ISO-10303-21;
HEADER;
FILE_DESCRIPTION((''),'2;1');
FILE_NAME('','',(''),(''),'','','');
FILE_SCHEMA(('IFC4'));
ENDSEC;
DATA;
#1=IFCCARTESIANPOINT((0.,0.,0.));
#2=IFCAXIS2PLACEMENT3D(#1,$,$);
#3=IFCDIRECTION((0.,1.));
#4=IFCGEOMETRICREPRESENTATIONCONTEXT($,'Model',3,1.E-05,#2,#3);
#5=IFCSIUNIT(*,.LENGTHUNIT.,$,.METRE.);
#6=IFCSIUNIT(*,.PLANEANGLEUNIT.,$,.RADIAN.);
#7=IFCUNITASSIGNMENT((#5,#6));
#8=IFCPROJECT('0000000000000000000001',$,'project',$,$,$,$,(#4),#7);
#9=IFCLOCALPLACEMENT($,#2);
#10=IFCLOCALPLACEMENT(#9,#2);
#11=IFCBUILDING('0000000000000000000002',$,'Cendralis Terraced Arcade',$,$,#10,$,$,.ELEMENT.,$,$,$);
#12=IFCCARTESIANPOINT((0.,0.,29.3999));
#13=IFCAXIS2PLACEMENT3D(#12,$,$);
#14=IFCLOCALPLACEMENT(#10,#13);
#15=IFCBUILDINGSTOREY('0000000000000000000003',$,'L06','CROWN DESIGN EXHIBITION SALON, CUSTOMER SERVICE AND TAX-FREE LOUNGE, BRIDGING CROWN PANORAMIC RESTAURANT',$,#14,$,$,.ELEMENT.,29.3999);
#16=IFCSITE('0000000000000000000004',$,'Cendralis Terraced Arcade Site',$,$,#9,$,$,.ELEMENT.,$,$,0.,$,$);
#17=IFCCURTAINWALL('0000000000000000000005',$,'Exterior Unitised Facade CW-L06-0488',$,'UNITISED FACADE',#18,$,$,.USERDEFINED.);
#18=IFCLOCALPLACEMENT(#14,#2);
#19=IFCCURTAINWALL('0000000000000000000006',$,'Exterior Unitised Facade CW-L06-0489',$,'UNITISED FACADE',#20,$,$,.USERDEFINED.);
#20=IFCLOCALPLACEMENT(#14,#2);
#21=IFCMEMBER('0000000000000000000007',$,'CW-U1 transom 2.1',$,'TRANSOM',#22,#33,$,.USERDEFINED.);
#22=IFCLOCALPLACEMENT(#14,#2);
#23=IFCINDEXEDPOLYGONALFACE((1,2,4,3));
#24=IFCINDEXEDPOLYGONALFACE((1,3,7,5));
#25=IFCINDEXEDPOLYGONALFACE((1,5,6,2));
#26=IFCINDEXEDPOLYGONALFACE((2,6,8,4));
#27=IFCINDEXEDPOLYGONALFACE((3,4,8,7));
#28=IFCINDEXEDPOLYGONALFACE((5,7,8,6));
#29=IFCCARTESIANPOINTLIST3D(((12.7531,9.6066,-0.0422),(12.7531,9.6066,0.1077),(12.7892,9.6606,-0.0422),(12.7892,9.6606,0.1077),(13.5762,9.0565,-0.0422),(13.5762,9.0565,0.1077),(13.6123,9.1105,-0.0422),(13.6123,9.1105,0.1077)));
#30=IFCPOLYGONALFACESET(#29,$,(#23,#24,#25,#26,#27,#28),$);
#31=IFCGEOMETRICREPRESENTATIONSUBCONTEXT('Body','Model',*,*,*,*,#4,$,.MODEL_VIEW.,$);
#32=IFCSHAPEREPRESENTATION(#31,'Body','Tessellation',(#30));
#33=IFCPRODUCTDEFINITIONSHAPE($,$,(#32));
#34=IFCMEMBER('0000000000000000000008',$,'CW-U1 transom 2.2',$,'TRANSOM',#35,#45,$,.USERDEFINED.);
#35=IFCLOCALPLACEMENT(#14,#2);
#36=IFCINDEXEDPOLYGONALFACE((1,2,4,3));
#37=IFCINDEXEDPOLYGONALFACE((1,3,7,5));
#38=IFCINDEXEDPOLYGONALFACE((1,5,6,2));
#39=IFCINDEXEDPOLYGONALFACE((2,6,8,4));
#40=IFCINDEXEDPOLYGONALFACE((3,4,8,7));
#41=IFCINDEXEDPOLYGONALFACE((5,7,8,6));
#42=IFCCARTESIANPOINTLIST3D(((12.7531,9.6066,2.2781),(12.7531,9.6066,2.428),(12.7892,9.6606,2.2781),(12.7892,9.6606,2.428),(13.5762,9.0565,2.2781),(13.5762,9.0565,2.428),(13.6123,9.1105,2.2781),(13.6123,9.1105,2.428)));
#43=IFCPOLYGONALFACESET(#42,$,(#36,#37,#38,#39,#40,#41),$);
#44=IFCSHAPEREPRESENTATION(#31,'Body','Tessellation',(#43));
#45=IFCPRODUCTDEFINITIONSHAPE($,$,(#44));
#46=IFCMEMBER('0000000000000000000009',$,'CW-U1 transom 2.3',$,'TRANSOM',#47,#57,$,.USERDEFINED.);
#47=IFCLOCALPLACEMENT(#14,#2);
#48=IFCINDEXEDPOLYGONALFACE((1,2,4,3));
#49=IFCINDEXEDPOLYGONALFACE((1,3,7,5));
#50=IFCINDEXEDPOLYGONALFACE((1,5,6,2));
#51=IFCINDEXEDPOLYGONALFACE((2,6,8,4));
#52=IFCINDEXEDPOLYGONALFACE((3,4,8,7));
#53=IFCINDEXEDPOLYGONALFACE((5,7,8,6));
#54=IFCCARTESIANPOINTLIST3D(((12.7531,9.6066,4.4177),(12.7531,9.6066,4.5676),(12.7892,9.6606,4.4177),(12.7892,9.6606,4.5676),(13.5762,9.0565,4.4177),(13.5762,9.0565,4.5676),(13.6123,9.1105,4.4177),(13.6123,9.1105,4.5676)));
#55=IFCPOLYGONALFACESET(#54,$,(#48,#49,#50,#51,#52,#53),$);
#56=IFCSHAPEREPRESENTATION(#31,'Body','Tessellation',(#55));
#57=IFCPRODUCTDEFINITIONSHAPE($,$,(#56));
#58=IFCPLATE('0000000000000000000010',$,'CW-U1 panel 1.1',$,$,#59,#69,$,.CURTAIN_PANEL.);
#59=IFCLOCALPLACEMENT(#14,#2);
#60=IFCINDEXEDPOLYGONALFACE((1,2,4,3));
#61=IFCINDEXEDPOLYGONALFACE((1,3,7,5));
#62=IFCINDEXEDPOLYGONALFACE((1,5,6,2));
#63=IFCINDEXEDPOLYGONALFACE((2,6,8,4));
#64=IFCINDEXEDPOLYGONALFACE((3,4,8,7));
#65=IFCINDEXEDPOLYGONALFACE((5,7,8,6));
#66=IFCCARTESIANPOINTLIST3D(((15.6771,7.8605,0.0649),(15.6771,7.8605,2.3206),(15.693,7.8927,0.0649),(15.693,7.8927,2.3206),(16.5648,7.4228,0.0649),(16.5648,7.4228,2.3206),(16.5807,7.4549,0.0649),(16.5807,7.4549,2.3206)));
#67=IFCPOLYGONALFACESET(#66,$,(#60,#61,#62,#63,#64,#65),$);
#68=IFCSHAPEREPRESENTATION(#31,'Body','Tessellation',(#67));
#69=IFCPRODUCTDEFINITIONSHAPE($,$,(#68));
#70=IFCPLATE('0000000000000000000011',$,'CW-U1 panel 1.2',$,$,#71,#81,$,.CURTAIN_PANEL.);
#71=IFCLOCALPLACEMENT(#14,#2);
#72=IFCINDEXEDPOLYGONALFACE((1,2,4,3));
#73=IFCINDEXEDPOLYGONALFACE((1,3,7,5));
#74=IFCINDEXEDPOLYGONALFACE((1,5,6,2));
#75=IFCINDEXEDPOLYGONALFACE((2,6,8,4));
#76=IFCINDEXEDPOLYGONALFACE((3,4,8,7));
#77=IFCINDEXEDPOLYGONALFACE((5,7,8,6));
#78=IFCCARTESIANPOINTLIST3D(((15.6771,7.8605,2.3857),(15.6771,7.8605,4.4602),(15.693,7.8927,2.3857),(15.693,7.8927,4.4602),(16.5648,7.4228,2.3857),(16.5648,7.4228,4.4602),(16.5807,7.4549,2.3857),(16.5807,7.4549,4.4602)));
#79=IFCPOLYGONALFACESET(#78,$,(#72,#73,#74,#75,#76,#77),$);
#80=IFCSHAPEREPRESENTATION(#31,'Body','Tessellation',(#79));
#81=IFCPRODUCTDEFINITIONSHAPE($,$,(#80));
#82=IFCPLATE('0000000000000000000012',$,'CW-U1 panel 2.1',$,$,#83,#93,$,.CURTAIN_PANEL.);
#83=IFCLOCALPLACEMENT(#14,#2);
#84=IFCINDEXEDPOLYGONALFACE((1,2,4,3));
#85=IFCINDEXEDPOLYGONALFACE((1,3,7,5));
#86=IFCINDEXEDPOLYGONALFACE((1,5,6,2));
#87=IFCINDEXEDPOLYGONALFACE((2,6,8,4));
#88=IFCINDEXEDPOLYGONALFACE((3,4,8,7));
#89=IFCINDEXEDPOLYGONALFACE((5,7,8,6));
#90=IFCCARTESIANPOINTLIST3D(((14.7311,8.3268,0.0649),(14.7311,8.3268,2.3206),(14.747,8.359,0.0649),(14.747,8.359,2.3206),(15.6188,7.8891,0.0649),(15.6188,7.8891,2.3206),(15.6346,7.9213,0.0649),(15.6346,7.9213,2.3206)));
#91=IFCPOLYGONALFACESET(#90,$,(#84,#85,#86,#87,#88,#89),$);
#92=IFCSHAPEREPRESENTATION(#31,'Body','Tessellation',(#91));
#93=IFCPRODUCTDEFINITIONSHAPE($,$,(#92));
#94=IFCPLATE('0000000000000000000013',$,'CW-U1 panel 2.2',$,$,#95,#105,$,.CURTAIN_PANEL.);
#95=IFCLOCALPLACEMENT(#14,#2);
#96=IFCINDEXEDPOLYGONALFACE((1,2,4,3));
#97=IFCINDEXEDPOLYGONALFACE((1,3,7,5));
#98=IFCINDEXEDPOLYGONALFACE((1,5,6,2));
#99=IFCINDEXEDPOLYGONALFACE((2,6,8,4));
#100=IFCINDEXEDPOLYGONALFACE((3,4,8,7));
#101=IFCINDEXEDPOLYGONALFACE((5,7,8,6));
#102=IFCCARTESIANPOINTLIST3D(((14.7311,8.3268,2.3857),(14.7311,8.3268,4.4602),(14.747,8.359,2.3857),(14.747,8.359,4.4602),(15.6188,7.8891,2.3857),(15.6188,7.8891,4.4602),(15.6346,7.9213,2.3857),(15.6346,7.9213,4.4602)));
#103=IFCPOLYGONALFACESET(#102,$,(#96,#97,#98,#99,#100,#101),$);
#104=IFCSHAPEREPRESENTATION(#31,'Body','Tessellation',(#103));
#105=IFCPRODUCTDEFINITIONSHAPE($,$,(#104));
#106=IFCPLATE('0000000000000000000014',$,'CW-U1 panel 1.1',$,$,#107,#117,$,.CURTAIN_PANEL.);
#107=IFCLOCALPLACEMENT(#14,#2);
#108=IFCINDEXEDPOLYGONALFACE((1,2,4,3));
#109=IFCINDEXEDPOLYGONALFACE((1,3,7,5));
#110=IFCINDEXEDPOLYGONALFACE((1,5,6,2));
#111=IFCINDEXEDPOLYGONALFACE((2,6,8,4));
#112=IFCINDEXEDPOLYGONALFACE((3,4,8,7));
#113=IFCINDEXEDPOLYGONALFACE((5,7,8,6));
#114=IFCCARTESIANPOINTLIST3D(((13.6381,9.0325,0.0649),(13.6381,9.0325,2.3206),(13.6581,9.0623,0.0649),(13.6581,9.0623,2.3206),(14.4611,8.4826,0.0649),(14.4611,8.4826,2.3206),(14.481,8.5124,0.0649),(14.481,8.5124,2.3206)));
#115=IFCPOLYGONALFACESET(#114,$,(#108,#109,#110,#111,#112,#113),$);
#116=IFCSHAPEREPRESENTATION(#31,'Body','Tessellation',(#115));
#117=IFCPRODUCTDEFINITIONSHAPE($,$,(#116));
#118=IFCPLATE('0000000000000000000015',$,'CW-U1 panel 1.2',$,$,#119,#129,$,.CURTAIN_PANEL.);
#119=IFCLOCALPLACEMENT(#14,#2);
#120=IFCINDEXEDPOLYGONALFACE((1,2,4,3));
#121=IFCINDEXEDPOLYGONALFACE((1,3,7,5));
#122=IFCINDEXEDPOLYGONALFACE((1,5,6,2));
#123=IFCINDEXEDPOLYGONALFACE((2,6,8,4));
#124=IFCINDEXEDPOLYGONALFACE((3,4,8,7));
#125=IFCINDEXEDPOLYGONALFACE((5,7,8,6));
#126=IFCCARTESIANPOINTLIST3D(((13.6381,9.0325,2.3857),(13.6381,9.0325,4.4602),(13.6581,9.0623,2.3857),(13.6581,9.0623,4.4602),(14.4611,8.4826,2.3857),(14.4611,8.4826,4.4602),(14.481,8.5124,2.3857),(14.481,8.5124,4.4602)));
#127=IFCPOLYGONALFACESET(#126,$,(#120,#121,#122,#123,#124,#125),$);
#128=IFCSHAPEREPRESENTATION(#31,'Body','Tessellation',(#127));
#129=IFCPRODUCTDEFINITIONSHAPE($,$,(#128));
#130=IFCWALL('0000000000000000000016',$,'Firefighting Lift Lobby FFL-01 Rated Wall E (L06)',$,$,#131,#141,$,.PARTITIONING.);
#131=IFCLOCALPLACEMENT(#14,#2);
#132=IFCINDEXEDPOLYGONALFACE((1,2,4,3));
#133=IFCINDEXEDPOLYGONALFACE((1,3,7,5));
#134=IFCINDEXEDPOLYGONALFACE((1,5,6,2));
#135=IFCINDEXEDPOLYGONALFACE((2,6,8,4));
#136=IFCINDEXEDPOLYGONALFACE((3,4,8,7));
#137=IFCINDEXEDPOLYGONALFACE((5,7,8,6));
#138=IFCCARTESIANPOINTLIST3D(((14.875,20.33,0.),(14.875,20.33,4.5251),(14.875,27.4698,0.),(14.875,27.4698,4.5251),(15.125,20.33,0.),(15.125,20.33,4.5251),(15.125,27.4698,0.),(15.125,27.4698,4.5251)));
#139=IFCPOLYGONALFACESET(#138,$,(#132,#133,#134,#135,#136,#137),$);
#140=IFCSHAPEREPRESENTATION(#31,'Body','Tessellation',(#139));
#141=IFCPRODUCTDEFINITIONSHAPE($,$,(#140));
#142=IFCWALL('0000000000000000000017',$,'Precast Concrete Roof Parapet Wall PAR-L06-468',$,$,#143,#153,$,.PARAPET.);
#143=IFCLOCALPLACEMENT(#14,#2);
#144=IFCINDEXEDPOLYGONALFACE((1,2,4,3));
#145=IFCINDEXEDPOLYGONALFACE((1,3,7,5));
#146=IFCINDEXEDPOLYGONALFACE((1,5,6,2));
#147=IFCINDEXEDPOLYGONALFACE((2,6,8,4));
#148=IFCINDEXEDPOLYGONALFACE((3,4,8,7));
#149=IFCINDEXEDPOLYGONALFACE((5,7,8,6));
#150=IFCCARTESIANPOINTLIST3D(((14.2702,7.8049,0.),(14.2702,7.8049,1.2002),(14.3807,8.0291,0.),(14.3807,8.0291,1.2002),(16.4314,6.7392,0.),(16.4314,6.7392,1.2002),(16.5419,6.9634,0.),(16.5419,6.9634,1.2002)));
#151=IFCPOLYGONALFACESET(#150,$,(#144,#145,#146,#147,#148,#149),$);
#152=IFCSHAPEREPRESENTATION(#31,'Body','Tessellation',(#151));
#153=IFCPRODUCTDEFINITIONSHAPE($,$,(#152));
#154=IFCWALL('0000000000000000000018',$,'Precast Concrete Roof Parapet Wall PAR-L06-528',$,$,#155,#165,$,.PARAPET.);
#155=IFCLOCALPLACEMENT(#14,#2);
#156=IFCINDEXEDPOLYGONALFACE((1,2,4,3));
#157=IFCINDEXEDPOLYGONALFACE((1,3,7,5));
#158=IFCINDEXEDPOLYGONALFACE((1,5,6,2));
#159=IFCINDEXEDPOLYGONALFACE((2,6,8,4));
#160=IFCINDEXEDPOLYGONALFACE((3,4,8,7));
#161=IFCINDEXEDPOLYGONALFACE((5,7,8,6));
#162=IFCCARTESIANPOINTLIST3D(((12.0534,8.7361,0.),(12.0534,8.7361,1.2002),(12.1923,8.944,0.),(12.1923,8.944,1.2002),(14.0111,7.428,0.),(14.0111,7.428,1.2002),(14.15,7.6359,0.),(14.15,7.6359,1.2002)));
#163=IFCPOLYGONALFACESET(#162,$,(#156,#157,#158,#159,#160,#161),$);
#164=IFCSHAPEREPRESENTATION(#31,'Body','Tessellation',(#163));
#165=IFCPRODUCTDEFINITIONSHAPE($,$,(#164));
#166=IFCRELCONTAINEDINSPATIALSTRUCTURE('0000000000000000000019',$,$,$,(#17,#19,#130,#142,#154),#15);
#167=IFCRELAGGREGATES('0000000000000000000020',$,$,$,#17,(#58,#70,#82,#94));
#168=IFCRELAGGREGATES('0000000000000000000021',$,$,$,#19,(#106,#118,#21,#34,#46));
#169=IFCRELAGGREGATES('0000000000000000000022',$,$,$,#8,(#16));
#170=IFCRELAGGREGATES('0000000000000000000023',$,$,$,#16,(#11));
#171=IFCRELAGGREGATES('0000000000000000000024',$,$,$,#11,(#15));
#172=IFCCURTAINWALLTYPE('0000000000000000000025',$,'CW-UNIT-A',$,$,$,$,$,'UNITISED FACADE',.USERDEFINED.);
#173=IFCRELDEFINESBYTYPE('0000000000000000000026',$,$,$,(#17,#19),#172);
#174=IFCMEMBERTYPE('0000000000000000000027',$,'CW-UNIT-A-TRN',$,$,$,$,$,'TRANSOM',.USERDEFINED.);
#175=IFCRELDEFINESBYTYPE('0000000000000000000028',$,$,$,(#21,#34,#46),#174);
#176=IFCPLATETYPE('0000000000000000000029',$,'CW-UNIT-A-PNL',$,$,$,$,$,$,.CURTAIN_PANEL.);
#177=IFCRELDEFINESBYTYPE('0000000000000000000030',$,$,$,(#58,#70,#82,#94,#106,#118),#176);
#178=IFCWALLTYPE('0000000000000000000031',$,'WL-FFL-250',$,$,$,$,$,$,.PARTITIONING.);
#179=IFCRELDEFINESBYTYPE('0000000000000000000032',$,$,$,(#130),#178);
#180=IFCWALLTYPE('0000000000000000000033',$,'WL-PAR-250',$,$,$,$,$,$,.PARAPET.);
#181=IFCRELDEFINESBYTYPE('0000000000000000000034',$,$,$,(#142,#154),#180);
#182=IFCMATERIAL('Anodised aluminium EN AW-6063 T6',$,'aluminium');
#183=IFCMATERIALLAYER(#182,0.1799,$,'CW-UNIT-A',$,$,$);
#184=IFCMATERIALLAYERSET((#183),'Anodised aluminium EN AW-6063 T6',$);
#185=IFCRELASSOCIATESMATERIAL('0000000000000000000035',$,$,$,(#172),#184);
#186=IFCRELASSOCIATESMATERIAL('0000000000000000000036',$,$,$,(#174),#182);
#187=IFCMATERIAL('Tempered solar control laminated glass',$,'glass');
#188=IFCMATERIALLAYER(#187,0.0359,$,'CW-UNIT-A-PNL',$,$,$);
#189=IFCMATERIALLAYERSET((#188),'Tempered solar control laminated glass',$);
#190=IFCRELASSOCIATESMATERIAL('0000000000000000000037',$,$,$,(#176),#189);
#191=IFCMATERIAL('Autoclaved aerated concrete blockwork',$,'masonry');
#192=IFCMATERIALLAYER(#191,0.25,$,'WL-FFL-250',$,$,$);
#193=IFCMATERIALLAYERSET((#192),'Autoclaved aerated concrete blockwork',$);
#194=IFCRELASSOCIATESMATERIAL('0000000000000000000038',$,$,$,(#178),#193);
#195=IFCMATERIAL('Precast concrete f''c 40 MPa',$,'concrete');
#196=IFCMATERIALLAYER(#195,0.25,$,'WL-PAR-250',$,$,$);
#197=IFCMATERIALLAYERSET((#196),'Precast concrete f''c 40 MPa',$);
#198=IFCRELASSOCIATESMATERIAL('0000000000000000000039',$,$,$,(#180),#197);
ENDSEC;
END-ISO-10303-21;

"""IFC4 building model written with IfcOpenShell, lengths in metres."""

from ifc_helpers import new_model, si_unit, direction, frame, frame_2d, origin, origin_2d, place, context, subcontext, project, spatial, rectangle, extrude, material, layer, layer_set, material_profile, profile_set, type_object, element, aggregate, save


model = new_model("IFC4")

# Units and contexts
model_context = context("Model", 3, precision=1e-05, world=origin(), true_north=direction((0.0, 1.0)))
body_context = subcontext(model_context, "Body", "Model", "MODEL_VIEW")
ifc_project = project(units=[si_unit("LENGTHUNIT", "METRE"), si_unit("PLANEANGLEUNIT", "RADIAN")], contexts=[model_context])

# Site, building, storey
site_placement = place(None, origin())
site = spatial("IfcSite", under=ifc_project, at=site_placement, Name="Cendralis Terraced Arcade Site", CompositionType="ELEMENT", RefElevation=0.0)
building_placement = place(site_placement, origin())
building = spatial("IfcBuilding", under=site, at=building_placement, Name="Cendralis Terraced Arcade", CompositionType="ELEMENT")
storey_placement = place(building_placement, frame((0.0, 0.0, 29.3999)))
storey = spatial("IfcBuildingStorey", under=building, at=storey_placement, Name="L06", Description="CROWN DESIGN EXHIBITION SALON, CUSTOMER SERVICE AND TAX-FREE LOUNGE, BRIDGING CROWN PANORAMIC RESTAURANT", CompositionType="ELEMENT", Elevation=29.3999)

# Curtain walls
ifc_material_1 = material(Name="Anodised aluminium EN AW-6063 T6", Category="aluminium")
ifc_layer_1 = layer(ifc_material_1, 0.1799, Name="CW-UNIT-A")
ifc_layer_set_1 = layer_set([ifc_layer_1], Name="Anodised aluminium EN AW-6063 T6")
curtain_wall_type = type_object("IfcCurtainWallType", Name="CW-UNIT-A", ElementType="UNITISED FACADE", PredefinedType="USERDEFINED", material=ifc_layer_set_1)
curtain_wall_1_placement = place(storey_placement, origin())
curtain_wall_1 = element("IfcCurtainWall", 1, at=curtain_wall_1_placement, inside=storey, type_object=curtain_wall_type, Name="Exterior Unitised Facade CW-L06-0488", ObjectType="UNITISED FACADE", PredefinedType="USERDEFINED")
curtain_wall_2_placement = place(storey_placement, origin())
curtain_wall_2 = element("IfcCurtainWall", 2, at=curtain_wall_2_placement, inside=storey, type_object=curtain_wall_type, Name="Exterior Unitised Facade CW-L06-0489", ObjectType="UNITISED FACADE", PredefinedType="USERDEFINED")

# Members
ifc_material_profile_1 = material_profile(ifc_material_1, rectangle(XDim=0.0649, YDim=0.1499, at=origin_2d()), Name="ALU-TRN-65x150")
ifc_profile_set_1 = profile_set([ifc_material_profile_1], Name="Anodised aluminium EN AW-6063 T6")
member_type_1 = type_object("IfcMemberType", Name="CW-UNIT-A-TRN", ElementType="TRANSOM", PredefinedType="USERDEFINED", material=ifc_profile_set_1)
member_1_placement = place(storey_placement, frame((13.5942, 9.0835, 0.0327), z_axis=(-0.831405, 0.555667, 0.0), x_axis=(-0.555667, -0.831405, 0.0)))
member_1 = element("IfcMember", 3, at=member_1_placement, type_object=member_type_1, Name="CW-U1 transom 2.1", ObjectType="TRANSOM", PredefinedType="USERDEFINED", context=body_context, shape_type="SweptSolid", body=[
    extrude(rectangle(XDim=0.0649, YDim=0.1499, at=origin_2d()), origin(), (0.0, 0.0, 1.0), 0.99),
])
member_2_placement = place(storey_placement, frame((13.5942, 9.0835, 2.353), z_axis=(-0.831405, 0.555667, 0.0), x_axis=(-0.555667, -0.831405, 0.0)))
member_2 = element("IfcMember", 4, at=member_2_placement, type_object=member_type_1, Name="CW-U1 transom 2.2", ObjectType="TRANSOM", PredefinedType="USERDEFINED", context=body_context, shape_type="SweptSolid", body=[
    extrude(rectangle(XDim=0.0649, YDim=0.1499, at=origin_2d()), origin(), (0.0, 0.0, 1.0), 0.99),
])
member_3_placement = place(storey_placement, frame((13.5942, 9.0835, 4.4927), z_axis=(-0.831405, 0.555667, 0.0), x_axis=(-0.555667, -0.831405, 0.0)))
member_3 = element("IfcMember", 5, at=member_3_placement, type_object=member_type_1, Name="CW-U1 transom 2.3", ObjectType="TRANSOM", PredefinedType="USERDEFINED", context=body_context, shape_type="SweptSolid", body=[
    extrude(rectangle(XDim=0.0649, YDim=0.1499, at=origin_2d()), origin(), (0.0, 0.0, 1.0), 0.99),
])

# Plates
ifc_material_2 = material(Name="Tempered solar control laminated glass", Category="glass")
ifc_layer_2 = layer(ifc_material_2, 0.0359, Name="CW-UNIT-A-PNL")
ifc_layer_set_2 = layer_set([ifc_layer_2], Name="Tempered solar control laminated glass")
plate_type = type_object("IfcPlateType", Name="CW-UNIT-A-PNL", PredefinedType="CURTAIN_PANEL", material=ifc_layer_set_2)
plate_1_placement = place(storey_placement, frame((16.1289, 7.6577, 0.0649), z_axis=(0.0, 0.0, 1.0), x_axis=(-0.896888, 0.442259, 0.0)))
plate_1 = element("IfcPlate", 6, at=plate_1_placement, type_object=plate_type, Name="CW-U1 panel 1.1", PredefinedType="CURTAIN_PANEL", context=body_context, shape_type="SweptSolid", body=[
    extrude(rectangle(XDim=0.9897, YDim=0.0359, at=origin_2d()), origin(), (0.0, 0.0, 1.0), 2.2556),
])
plate_2_placement = place(storey_placement, frame((16.1289, 7.6577, 2.3857), z_axis=(0.0, 0.0, 1.0), x_axis=(-0.896888, 0.442259, 0.0)))
plate_2 = element("IfcPlate", 7, at=plate_2_placement, type_object=plate_type, Name="CW-U1 panel 1.2", PredefinedType="CURTAIN_PANEL", context=body_context, shape_type="SweptSolid", body=[
    extrude(rectangle(XDim=0.9897, YDim=0.0359, at=origin_2d()), origin(), (0.0, 0.0, 1.0), 2.0745),
])
plate_3_placement = place(storey_placement, frame((15.1829, 8.124, 0.0649), z_axis=(0.0, 0.0, 1.0), x_axis=(-0.896888, 0.442259, 0.0)))
plate_3 = element("IfcPlate", 8, at=plate_3_placement, type_object=plate_type, Name="CW-U1 panel 2.1", PredefinedType="CURTAIN_PANEL", context=body_context, shape_type="SweptSolid", body=[
    extrude(rectangle(XDim=0.9897, YDim=0.0359, at=origin_2d()), origin(), (0.0, 0.0, 1.0), 2.2556),
])
plate_4_placement = place(storey_placement, frame((15.1829, 8.124, 2.3857), z_axis=(0.0, 0.0, 1.0), x_axis=(-0.896888, 0.442259, 0.0)))
plate_4 = element("IfcPlate", 9, at=plate_4_placement, type_object=plate_type, Name="CW-U1 panel 2.2", PredefinedType="CURTAIN_PANEL", context=body_context, shape_type="SweptSolid", body=[
    extrude(rectangle(XDim=0.9897, YDim=0.0359, at=origin_2d()), origin(), (0.0, 0.0, 1.0), 2.0745),
])
aggregate(curtain_wall_1, [plate_1, plate_2, plate_3, plate_4])
plate_5_placement = place(storey_placement, frame((14.0596, 8.7725, 0.0649), z_axis=(0.0, 0.0, 1.0), x_axis=(-0.831477, 0.555559, 0.0)))
plate_5 = element("IfcPlate", 10, at=plate_5_placement, type_object=plate_type, Name="CW-U1 panel 1.1", PredefinedType="CURTAIN_PANEL", context=body_context, shape_type="SweptSolid", body=[
    extrude(rectangle(XDim=0.9897, YDim=0.0359, at=origin_2d()), origin(), (0.0, 0.0, 1.0), 2.2556),
])
plate_6_placement = place(storey_placement, frame((14.0596, 8.7725, 2.3857), z_axis=(0.0, 0.0, 1.0), x_axis=(-0.831477, 0.555559, 0.0)))
plate_6 = element("IfcPlate", 11, at=plate_6_placement, type_object=plate_type, Name="CW-U1 panel 1.2", PredefinedType="CURTAIN_PANEL", context=body_context, shape_type="SweptSolid", body=[
    extrude(rectangle(XDim=0.9897, YDim=0.0359, at=origin_2d()), origin(), (0.0, 0.0, 1.0), 2.0745),
])
aggregate(curtain_wall_2, [plate_5, plate_6, member_1, member_2, member_3])

# Walls
ifc_material_3 = material(Name="Autoclaved aerated concrete blockwork", Category="masonry")
ifc_layer_3 = layer(ifc_material_3, 0.25, Name="WL-FFL-250")
ifc_layer_set_3 = layer_set([ifc_layer_3], Name="Autoclaved aerated concrete blockwork")
wall_type_1 = type_object("IfcWallType", Name="WL-FFL-250", PredefinedType="PARTITIONING", material=ifc_layer_set_3)
wall_1_placement = place(storey_placement, frame((15.0, 20.3301, 0.0), z_axis=(0.0, 0.0, 1.0), x_axis=(0.0, 1.0, 0.0)))
element("IfcWall", 12, at=wall_1_placement, inside=storey, type_object=wall_type_1, Name="Firefighting Lift Lobby FFL-01 Rated Wall E (L06)", PredefinedType="PARTITIONING", context=body_context, shape_type="SweptSolid", body=[
    extrude(rectangle(XDim=7.1399, YDim=0.25, at=frame_2d((3.5698, 0.0))), origin(), (0.0, 0.0, 1.0), 4.5251),
])
ifc_material_4 = material(Name="Precast concrete f'c 40 MPa", Category="concrete")
ifc_layer_4 = layer(ifc_material_4, 0.25, Name="WL-PAR-250")
ifc_layer_set_4 = layer_set([ifc_layer_4], Name="Precast concrete f'c 40 MPa")
wall_type_2 = type_object("IfcWallType", Name="WL-PAR-250", PredefinedType="PARAPET", material=ifc_layer_set_4)
wall_2_placement = place(storey_placement, frame((14.3254, 7.917, 0.0), z_axis=(0.0, 0.0, 1.0), x_axis=(0.896886, -0.442262, 0.0)))
element("IfcWall", 13, at=wall_2_placement, inside=storey, type_object=wall_type_2, Name="Precast Concrete Roof Parapet Wall PAR-L06-468", PredefinedType="PARAPET", context=body_context, shape_type="SweptSolid", body=[
    extrude(rectangle(XDim=2.4097, YDim=0.25, at=frame_2d((1.2048, 0.0))), origin(), (0.0, 0.0, 1.0), 1.2002),
])
wall_3_placement = place(storey_placement, frame((14.0806, 7.532, 0.0), z_axis=(0.0, 0.0, 1.0), x_axis=(-0.831476, 0.555561, 0.0)))
element("IfcWall", 14, at=wall_3_placement, inside=storey, type_object=wall_type_2, Name="Precast Concrete Roof Parapet Wall PAR-L06-528", PredefinedType="PARAPET", context=body_context, shape_type="SweptSolid", body=[
    extrude(rectangle(XDim=2.3545, YDim=0.25, at=frame_2d((1.1772, 0.0))), origin(), (0.0, 0.0, 1.0), 1.2002),
])

save(model, "model.ifc")
